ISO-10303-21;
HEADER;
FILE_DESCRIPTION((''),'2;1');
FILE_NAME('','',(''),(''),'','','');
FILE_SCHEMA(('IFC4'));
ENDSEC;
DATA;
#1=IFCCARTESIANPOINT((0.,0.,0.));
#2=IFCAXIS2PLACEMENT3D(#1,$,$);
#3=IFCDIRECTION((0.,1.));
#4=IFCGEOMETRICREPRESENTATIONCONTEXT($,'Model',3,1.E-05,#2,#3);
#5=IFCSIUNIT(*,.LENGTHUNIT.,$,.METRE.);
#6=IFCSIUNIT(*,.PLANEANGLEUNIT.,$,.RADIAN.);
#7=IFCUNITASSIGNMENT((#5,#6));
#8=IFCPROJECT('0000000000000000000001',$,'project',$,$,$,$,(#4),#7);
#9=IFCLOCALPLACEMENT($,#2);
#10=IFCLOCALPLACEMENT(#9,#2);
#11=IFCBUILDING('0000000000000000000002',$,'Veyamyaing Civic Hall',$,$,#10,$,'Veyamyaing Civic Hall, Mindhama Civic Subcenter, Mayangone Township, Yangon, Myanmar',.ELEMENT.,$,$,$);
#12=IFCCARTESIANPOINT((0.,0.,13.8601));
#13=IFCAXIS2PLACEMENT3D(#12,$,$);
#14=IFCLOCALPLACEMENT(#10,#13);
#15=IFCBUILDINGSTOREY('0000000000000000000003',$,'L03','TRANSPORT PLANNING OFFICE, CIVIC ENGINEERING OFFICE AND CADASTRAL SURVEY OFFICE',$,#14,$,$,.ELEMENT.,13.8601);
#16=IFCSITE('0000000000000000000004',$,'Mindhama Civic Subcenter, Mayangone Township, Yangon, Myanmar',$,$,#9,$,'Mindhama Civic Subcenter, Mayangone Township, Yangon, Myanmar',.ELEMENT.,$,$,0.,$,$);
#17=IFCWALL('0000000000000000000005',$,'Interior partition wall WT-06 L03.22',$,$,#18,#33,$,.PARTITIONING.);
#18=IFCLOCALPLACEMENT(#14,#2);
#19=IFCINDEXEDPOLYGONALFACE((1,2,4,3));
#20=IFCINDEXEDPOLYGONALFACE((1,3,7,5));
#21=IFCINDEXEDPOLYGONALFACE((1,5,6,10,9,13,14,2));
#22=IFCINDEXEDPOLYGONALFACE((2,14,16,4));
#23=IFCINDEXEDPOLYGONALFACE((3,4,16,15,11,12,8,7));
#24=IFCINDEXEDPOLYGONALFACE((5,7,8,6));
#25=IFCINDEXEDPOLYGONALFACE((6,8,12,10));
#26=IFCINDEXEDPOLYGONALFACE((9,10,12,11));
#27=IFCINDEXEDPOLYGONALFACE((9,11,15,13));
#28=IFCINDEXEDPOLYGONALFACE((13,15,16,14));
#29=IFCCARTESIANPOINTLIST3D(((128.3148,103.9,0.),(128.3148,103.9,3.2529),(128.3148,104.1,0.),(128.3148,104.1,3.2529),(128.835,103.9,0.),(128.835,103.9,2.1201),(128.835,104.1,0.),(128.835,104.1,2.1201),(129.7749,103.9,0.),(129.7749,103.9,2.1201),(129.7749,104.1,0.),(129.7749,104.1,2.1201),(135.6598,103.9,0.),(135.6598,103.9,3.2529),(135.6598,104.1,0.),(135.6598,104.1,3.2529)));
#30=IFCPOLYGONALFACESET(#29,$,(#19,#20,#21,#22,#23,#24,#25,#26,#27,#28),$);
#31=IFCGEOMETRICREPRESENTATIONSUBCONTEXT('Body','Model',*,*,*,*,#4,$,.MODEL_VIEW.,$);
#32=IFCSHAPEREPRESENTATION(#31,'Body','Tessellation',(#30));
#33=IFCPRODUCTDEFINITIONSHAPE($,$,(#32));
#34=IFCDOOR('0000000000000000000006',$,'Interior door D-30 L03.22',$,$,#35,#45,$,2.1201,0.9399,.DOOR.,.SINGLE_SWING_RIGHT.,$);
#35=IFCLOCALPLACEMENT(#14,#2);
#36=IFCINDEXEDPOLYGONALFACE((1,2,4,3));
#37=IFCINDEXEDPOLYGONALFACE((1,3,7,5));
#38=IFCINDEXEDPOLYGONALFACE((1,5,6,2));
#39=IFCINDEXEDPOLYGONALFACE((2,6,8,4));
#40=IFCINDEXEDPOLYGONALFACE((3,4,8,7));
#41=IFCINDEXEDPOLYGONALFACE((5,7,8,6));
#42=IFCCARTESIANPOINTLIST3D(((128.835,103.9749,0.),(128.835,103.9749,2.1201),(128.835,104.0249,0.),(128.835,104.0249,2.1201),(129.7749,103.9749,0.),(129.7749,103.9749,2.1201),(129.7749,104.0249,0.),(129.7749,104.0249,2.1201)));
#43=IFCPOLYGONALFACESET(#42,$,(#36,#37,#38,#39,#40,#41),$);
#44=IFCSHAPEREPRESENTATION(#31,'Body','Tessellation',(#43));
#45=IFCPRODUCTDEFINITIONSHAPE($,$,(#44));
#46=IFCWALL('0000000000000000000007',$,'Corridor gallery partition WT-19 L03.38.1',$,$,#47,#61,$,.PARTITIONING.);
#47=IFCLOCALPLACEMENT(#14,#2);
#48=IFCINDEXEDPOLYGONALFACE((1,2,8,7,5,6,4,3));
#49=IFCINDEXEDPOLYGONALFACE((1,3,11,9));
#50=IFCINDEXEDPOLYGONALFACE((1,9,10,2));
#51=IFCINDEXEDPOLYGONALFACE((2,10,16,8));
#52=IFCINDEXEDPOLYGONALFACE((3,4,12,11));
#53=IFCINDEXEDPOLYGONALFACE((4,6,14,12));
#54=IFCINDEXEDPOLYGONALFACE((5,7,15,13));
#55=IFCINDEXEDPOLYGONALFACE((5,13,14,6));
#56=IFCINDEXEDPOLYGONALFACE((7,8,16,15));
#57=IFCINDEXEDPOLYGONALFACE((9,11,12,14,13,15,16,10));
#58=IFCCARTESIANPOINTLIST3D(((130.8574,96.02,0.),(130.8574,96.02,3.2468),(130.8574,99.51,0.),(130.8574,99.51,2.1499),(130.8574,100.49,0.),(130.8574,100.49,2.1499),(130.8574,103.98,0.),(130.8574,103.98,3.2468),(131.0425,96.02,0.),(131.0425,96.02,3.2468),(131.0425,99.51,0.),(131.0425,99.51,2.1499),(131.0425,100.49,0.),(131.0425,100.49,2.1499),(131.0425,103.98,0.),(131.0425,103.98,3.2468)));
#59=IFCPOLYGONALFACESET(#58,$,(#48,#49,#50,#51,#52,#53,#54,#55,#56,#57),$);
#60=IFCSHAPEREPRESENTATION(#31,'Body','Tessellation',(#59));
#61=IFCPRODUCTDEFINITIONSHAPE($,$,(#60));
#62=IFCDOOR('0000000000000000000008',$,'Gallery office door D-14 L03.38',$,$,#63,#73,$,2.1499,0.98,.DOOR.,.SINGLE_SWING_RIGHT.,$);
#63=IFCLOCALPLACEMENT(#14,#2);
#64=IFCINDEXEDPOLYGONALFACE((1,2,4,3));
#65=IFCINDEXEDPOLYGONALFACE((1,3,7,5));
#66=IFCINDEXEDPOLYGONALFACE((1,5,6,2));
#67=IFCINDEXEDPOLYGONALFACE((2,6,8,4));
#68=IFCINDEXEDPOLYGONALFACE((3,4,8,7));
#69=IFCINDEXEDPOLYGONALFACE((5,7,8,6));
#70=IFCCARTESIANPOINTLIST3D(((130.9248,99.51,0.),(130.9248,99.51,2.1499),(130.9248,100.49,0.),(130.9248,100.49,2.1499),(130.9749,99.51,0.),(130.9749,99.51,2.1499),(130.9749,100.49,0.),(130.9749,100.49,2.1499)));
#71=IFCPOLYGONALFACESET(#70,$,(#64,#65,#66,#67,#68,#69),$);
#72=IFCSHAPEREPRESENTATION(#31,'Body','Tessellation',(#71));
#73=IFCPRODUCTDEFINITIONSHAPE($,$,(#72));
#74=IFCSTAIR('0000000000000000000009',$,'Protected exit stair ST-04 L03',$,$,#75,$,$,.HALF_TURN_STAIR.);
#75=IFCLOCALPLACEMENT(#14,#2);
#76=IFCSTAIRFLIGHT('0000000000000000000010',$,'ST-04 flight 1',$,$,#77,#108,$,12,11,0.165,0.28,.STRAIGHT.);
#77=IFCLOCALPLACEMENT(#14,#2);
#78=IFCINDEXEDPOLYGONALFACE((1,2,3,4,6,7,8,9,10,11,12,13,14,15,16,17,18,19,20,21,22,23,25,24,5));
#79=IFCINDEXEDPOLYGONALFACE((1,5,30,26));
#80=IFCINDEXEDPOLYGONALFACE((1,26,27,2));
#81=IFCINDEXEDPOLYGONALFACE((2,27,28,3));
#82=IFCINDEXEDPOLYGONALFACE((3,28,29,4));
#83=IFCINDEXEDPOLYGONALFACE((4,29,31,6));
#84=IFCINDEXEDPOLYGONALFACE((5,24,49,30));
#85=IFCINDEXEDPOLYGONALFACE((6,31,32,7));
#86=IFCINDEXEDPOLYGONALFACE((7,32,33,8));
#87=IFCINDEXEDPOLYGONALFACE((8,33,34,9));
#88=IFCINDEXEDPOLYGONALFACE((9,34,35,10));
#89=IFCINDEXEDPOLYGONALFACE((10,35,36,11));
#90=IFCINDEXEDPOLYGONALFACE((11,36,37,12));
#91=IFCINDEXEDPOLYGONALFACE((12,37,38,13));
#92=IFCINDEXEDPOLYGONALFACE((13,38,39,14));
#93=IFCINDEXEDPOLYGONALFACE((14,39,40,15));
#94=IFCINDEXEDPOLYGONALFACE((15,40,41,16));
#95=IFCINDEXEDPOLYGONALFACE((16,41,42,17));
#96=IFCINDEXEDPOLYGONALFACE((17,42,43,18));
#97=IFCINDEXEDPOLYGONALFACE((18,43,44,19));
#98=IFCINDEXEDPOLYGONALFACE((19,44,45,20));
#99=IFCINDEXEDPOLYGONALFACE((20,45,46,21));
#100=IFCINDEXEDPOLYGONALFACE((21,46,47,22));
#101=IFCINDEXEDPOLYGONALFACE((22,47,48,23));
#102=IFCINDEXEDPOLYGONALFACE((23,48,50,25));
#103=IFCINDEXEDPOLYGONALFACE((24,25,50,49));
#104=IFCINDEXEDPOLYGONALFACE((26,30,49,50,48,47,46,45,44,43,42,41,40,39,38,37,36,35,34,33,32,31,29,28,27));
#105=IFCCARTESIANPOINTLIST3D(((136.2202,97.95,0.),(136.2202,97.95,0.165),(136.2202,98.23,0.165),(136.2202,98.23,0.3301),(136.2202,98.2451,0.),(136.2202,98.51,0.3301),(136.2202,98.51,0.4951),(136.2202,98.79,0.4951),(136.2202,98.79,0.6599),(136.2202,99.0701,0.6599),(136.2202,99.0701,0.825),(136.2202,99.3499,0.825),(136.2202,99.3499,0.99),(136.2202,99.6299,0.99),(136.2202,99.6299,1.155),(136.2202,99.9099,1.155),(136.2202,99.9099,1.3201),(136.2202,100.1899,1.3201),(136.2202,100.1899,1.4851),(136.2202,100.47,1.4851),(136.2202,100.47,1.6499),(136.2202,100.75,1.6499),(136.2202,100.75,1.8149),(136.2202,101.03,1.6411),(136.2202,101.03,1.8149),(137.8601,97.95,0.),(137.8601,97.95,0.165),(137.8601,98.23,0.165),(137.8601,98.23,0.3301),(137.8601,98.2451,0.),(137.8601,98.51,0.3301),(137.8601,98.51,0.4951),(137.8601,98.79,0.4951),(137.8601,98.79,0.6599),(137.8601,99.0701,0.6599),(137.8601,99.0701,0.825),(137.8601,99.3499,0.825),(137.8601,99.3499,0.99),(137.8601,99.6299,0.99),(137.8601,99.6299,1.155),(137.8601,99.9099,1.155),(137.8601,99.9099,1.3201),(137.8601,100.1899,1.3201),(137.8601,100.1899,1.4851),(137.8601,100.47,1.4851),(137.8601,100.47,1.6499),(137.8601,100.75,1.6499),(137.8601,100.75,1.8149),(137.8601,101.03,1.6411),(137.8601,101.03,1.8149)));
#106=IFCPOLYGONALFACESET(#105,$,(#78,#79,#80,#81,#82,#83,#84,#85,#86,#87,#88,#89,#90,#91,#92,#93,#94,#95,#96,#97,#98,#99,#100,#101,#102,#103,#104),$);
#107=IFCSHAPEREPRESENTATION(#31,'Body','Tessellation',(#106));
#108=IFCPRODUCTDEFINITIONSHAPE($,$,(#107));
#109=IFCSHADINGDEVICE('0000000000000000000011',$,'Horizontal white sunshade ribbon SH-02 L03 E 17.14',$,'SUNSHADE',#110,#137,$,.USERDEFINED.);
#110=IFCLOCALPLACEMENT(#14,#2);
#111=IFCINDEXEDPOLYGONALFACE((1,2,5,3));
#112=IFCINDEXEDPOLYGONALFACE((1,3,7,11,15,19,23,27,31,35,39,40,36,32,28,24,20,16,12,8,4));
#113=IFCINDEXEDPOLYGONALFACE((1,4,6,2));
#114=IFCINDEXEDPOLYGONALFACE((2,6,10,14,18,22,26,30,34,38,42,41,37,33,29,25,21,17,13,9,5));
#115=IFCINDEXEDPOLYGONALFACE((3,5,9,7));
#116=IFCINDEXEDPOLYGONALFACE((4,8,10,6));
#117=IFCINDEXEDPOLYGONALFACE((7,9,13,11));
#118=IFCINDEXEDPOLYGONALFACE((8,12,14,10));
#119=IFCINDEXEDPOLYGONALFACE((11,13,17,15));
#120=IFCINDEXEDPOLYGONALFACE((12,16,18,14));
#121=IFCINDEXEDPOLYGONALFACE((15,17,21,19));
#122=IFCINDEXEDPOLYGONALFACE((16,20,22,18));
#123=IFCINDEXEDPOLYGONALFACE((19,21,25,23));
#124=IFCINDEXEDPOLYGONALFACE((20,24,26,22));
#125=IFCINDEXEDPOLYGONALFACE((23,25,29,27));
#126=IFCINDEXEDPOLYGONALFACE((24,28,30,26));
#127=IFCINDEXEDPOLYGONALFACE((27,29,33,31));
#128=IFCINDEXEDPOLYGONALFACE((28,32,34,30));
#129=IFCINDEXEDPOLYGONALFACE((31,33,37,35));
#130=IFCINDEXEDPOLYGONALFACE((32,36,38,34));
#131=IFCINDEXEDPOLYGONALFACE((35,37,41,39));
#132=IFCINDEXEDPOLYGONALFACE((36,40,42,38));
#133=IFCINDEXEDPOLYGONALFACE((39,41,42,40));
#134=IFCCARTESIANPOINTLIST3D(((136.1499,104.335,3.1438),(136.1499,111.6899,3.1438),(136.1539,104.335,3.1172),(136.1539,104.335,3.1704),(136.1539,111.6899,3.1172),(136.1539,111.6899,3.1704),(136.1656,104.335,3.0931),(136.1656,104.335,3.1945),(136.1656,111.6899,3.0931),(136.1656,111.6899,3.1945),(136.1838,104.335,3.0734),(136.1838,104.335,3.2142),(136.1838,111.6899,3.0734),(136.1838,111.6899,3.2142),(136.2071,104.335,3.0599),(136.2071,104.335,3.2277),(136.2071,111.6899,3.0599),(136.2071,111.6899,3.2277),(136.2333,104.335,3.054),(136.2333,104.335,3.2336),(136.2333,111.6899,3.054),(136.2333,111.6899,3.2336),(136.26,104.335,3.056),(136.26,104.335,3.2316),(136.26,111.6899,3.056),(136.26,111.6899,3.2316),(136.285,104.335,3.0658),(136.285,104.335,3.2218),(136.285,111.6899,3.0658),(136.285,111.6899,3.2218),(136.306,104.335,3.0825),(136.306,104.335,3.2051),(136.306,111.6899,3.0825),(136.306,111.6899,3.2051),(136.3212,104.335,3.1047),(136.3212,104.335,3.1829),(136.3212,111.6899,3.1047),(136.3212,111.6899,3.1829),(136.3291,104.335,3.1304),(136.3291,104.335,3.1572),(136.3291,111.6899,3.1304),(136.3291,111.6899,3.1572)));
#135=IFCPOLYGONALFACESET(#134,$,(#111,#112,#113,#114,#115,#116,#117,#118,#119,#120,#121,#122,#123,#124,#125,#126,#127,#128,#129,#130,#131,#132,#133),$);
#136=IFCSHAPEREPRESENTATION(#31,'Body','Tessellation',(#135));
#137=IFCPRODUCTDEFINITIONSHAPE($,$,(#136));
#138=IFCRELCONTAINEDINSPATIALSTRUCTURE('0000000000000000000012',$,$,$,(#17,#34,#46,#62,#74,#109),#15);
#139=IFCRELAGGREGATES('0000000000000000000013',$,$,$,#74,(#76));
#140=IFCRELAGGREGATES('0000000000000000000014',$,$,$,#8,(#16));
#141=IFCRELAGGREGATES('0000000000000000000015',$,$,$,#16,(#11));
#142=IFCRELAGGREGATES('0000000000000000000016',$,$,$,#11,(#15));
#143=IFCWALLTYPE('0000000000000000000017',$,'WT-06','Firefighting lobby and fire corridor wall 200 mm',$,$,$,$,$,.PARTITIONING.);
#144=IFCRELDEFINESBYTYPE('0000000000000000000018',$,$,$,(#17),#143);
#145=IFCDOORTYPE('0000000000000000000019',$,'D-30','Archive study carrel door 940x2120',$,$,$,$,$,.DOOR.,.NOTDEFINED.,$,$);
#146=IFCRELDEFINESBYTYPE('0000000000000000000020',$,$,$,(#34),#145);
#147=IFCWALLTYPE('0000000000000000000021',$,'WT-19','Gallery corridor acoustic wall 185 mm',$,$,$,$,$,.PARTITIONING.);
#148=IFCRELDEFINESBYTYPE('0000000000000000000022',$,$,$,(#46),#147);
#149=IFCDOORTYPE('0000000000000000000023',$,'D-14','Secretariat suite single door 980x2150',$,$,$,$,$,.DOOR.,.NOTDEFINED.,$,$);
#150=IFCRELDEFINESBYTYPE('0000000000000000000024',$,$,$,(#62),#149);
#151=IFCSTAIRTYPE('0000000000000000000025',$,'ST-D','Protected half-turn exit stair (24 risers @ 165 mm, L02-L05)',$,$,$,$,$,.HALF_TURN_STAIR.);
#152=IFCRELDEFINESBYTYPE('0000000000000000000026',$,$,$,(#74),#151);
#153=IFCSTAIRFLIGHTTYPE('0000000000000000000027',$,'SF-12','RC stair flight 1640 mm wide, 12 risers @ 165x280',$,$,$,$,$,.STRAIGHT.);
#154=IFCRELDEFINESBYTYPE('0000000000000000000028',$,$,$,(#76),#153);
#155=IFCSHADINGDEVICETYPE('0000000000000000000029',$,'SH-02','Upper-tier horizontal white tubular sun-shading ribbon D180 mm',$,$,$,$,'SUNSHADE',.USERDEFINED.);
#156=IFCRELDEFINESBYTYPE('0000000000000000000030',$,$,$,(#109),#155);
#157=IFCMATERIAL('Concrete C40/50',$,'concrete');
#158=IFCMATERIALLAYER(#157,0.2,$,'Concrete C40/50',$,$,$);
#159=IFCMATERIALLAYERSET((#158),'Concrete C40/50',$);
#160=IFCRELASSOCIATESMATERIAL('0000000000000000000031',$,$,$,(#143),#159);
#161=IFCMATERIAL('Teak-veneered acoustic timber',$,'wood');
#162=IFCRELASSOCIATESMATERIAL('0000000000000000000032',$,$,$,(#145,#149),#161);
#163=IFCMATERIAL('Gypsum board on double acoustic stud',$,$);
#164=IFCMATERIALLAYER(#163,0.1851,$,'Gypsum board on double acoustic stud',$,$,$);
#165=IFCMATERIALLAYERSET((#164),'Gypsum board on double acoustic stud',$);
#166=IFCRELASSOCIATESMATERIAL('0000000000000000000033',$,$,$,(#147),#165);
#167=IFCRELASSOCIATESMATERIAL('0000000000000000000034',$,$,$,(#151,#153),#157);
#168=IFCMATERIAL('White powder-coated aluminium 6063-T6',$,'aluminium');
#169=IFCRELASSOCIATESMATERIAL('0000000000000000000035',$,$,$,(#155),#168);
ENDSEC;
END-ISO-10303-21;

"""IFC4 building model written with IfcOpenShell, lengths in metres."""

from ifc_helpers import new_model, si_unit, direction, frame, frame_2d, origin, origin_2d, place, context, subcontext, project, spatial, polyline, rectangle, circle, outline, extrude, material, layer, layer_set, material_profile, profile_set, type_object, element, fill, aggregate, save


model = new_model("IFC4")

# Units and contexts
model_context = context("Model", 3, precision=1e-05, world=origin(), true_north=direction((0.0, 1.0)))
body_context = subcontext(model_context, "Body", "Model", "MODEL_VIEW")
ifc_project = project(units=[si_unit("LENGTHUNIT", "METRE"), si_unit("PLANEANGLEUNIT", "RADIAN")], contexts=[model_context])

# Site, building, storey
site_placement = place(None, origin())
site = spatial("IfcSite", under=ifc_project, at=site_placement, Name="Mindhama Civic Subcenter, Mayangone Township, Yangon, Myanmar", LongName="Mindhama Civic Subcenter, Mayangone Township, Yangon, Myanmar", CompositionType="ELEMENT", RefElevation=0.0)
building_placement = place(site_placement, origin())
building = spatial("IfcBuilding", under=site, at=building_placement, Name="Veyamyaing Civic Hall", LongName="Veyamyaing Civic Hall, Mindhama Civic Subcenter, Mayangone Township, Yangon, Myanmar", CompositionType="ELEMENT")
storey_placement = place(building_placement, frame((0.0, 0.0, 13.8601)))
storey = spatial("IfcBuildingStorey", under=building, at=storey_placement, Name="L03", Description="TRANSPORT PLANNING OFFICE, CIVIC ENGINEERING OFFICE AND CADASTRAL SURVEY OFFICE", CompositionType="ELEMENT", Elevation=13.8601)

# Shared definitions
ifc_material_1 = material(Name="Concrete C40/50", Category="concrete")

# Walls, openings, doors
ifc_layer_1 = layer(ifc_material_1, 0.2, Name="Concrete C40/50")
ifc_layer_set_1 = layer_set([ifc_layer_1], Name="Concrete C40/50")
wall_type_1 = type_object("IfcWallType", Name="WT-06", Description="Firefighting lobby and fire corridor wall 200 mm", PredefinedType="PARTITIONING", material=ifc_layer_set_1)
wall_1_placement = place(storey_placement, frame((128.3149, 104.0, 0.0), z_axis=(0.0, 0.0, 1.0), x_axis=(1.0, 0.0, 0.0)))
wall_1 = element("IfcWall", 1, at=wall_1_placement, inside=storey, type_object=wall_type_1, Name="Interior partition wall WT-06 L03.22", PredefinedType="PARTITIONING", context=body_context, shape_type="SweptSolid", body=[
    extrude(rectangle(XDim=7.345, YDim=0.2, at=frame_2d((3.6724, 0.0))), origin(), (0.0, 0.0, 1.0), 3.2529),
])
opening_1_placement = place(wall_1_placement, frame((0.52, 0.0, 0.0)))
opening_1 = element("IfcOpeningElement", 2, at=opening_1_placement, cuts=wall_1, PredefinedType="OPENING", context=body_context, shape_type="SweptSolid", body=[
    extrude(rectangle(XDim=0.9399, YDim=2.1201, at=frame_2d((0.47, 1.0601))), frame((0.0, 0.1099, 0.0), z_axis=(0.0, -1.0, 0.0), x_axis=(1.0, 0.0, 0.0)), (0.0, 0.0, 1.0), 0.22),
])
ifc_material_2 = material(Name="Teak-veneered acoustic timber", Category="wood")
door_type_1 = type_object("IfcDoorType", Name="D-30", Description="Archive study carrel door 940x2120", OperationType="NOTDEFINED", PredefinedType="DOOR", material=ifc_material_2)
door_1_placement = place(opening_1_placement, origin())
door_1 = element("IfcDoor", 3, at=door_1_placement, inside=storey, type_object=door_type_1, Name="Interior door D-30 L03.22", OperationType="SINGLE_SWING_RIGHT", OverallHeight=2.1201, OverallWidth=0.9399, PredefinedType="DOOR", context=body_context, shape_type="SweptSolid", body=[
    extrude(rectangle(XDim=0.9399, YDim=2.1201, at=frame_2d((0.47, 1.0601))), frame((0.0, 0.0249, 0.0), z_axis=(0.0, -1.0, 0.0), x_axis=(1.0, 0.0, 0.0)), (0.0, 0.0, 1.0), 0.05),
])
fill(opening_1, door_1)
ifc_material_3 = material(Name="Gypsum board on double acoustic stud")
ifc_layer_2 = layer(ifc_material_3, 0.1851, Name="Gypsum board on double acoustic stud")
ifc_layer_set_2 = layer_set([ifc_layer_2], Name="Gypsum board on double acoustic stud")
wall_type_2 = type_object("IfcWallType", Name="WT-19", Description="Gallery corridor acoustic wall 185 mm", PredefinedType="PARTITIONING", material=ifc_layer_set_2)
wall_2_placement = place(storey_placement, frame((130.95, 96.02, 0.0), z_axis=(0.0, 0.0, 1.0), x_axis=(0.0, 1.0, 0.0)))
wall_2 = element("IfcWall", 4, at=wall_2_placement, inside=storey, type_object=wall_type_2, Name="Corridor gallery partition WT-19 L03.38.1", PredefinedType="PARTITIONING", context=body_context, shape_type="SweptSolid", body=[
    extrude(rectangle(XDim=7.96, YDim=0.1851, at=frame_2d((3.98, 0.0))), origin(), (0.0, 0.0, 1.0), 3.2468),
])
opening_2_placement = place(wall_2_placement, frame((3.49, 0.0, 0.0)))
opening_2 = element("IfcOpeningElement", 5, at=opening_2_placement, cuts=wall_2, PredefinedType="OPENING", context=body_context, shape_type="SweptSolid", body=[
    extrude(rectangle(XDim=0.98, YDim=2.1499, at=frame_2d((0.49, 1.075))), frame((0.0, 0.1025, 0.0), z_axis=(0.0, -1.0, 0.0), x_axis=(1.0, 0.0, 0.0)), (0.0, 0.0, 1.0), 0.2051),
])
door_type_2 = type_object("IfcDoorType", Name="D-14", Description="Secretariat suite single door 980x2150", OperationType="NOTDEFINED", PredefinedType="DOOR", material=ifc_material_2)
door_2_placement = place(opening_2_placement, frame((0.98, 0.0, 0.0), z_axis=(0.0, 0.0, 1.0), x_axis=(-1.0, 0.0, 0.0)))
door_2 = element("IfcDoor", 6, at=door_2_placement, inside=storey, type_object=door_type_2, Name="Gallery office door D-14 L03.38", OperationType="SINGLE_SWING_RIGHT", OverallHeight=2.1499, OverallWidth=0.98, PredefinedType="DOOR", context=body_context, shape_type="SweptSolid", body=[
    extrude(rectangle(XDim=0.98, YDim=2.1499, at=frame_2d((0.49, 1.075))), frame((0.0, 0.0249, 0.0), z_axis=(0.0, -1.0, 0.0), x_axis=(1.0, 0.0, 0.0)), (0.0, 0.0, 1.0), 0.05),
])
fill(opening_2, door_2)

# Stair, stair flight
stair_type = type_object("IfcStairType", Name="ST-D", Description="Protected half-turn exit stair (24 risers @ 165 mm, L02-L05)", PredefinedType="HALF_TURN_STAIR", material=ifc_material_1)
stair_placement = place(storey_placement, origin())
stair = element("IfcStair", 7, at=stair_placement, inside=storey, type_object=stair_type, Name="Protected exit stair ST-04 L03", PredefinedType="HALF_TURN_STAIR")
stair_flight_type = type_object("IfcStairFlightType", Name="SF-12", Description="RC stair flight 1640 mm wide, 12 risers @ 165x280", PredefinedType="STRAIGHT", material=ifc_material_1)
stair_flight_placement = place(storey_placement, frame((137.04, 97.95, 0.0), z_axis=(0.0, 0.0, 1.0), x_axis=(0.0, 1.0, 0.0)))
stair_flight = element("IfcStairFlight", 8, at=stair_flight_placement, type_object=stair_flight_type, Name="ST-04 flight 1", NumberOfRisers=12, NumberOfTreads=11, PredefinedType="STRAIGHT", RiserHeight=0.165, TreadLength=0.28, context=body_context, shape_type="SweptSolid", body=[
    extrude(outline(polyline([(0.0, 0.0), (0.0, 0.165), (0.28, 0.165), (0.28, 0.3301), (0.5601, 0.3301), (0.5601, 0.4951), (0.8401, 0.4951), (0.8401, 0.6599), (1.1201, 0.6599), (1.1201, 0.825), (1.3999, 0.825), (1.3999, 0.99), (1.6799, 0.99), (1.6799, 1.155), (1.96, 1.155), (1.96, 1.3201), (2.24, 1.3201), (2.24, 1.4851), (2.52, 1.4851), (2.52, 1.6499), (2.8, 1.6499), (2.8, 1.8149), (3.0801, 1.8149), (3.0801, 1.98), (3.0801, 1.6411), (0.2952, 0.0), (0.0, 0.0)])), frame((0.0, 0.8198, 0.0), z_axis=(0.0, -1.0, 0.0), x_axis=(1.0, 0.0, 0.0)), (0.0, 0.0, 1.0), 1.6399),
])
aggregate(stair, [stair_flight])

# Shading device
ifc_material_4 = material(Name="White powder-coated aluminium 6063-T6", Category="aluminium")
ifc_material_profile_1 = material_profile(ifc_material_4, circle(Radius=0.0901, at=origin_2d()), Name="SHADE-TUBE-180")
ifc_profile_set_1 = profile_set([ifc_material_profile_1], Name="White powder-coated aluminium 6063-T6")
shading_device_type = type_object("IfcShadingDeviceType", Name="SH-02", Description="Upper-tier horizontal white tubular sun-shading ribbon D180 mm", ElementType="SUNSHADE", PredefinedType="USERDEFINED", material=ifc_profile_set_1)
shading_device_placement = place(storey_placement, frame((136.24, 104.335, 3.1438), z_axis=(0.0, 1.0, 0.0), x_axis=(-1.0, 0.0, 0.0)))
element("IfcShadingDevice", 9, at=shading_device_placement, inside=storey, type_object=shading_device_type, Name="Horizontal white sunshade ribbon SH-02 L03 E 17.14", ObjectType="SUNSHADE", PredefinedType="USERDEFINED", context=body_context, shape_type="SweptSolid", body=[
    extrude(circle(Radius=0.0901, at=origin_2d()), origin(), (0.0, 0.0, 1.0), 7.355),
])

save(model, "model.ifc")
